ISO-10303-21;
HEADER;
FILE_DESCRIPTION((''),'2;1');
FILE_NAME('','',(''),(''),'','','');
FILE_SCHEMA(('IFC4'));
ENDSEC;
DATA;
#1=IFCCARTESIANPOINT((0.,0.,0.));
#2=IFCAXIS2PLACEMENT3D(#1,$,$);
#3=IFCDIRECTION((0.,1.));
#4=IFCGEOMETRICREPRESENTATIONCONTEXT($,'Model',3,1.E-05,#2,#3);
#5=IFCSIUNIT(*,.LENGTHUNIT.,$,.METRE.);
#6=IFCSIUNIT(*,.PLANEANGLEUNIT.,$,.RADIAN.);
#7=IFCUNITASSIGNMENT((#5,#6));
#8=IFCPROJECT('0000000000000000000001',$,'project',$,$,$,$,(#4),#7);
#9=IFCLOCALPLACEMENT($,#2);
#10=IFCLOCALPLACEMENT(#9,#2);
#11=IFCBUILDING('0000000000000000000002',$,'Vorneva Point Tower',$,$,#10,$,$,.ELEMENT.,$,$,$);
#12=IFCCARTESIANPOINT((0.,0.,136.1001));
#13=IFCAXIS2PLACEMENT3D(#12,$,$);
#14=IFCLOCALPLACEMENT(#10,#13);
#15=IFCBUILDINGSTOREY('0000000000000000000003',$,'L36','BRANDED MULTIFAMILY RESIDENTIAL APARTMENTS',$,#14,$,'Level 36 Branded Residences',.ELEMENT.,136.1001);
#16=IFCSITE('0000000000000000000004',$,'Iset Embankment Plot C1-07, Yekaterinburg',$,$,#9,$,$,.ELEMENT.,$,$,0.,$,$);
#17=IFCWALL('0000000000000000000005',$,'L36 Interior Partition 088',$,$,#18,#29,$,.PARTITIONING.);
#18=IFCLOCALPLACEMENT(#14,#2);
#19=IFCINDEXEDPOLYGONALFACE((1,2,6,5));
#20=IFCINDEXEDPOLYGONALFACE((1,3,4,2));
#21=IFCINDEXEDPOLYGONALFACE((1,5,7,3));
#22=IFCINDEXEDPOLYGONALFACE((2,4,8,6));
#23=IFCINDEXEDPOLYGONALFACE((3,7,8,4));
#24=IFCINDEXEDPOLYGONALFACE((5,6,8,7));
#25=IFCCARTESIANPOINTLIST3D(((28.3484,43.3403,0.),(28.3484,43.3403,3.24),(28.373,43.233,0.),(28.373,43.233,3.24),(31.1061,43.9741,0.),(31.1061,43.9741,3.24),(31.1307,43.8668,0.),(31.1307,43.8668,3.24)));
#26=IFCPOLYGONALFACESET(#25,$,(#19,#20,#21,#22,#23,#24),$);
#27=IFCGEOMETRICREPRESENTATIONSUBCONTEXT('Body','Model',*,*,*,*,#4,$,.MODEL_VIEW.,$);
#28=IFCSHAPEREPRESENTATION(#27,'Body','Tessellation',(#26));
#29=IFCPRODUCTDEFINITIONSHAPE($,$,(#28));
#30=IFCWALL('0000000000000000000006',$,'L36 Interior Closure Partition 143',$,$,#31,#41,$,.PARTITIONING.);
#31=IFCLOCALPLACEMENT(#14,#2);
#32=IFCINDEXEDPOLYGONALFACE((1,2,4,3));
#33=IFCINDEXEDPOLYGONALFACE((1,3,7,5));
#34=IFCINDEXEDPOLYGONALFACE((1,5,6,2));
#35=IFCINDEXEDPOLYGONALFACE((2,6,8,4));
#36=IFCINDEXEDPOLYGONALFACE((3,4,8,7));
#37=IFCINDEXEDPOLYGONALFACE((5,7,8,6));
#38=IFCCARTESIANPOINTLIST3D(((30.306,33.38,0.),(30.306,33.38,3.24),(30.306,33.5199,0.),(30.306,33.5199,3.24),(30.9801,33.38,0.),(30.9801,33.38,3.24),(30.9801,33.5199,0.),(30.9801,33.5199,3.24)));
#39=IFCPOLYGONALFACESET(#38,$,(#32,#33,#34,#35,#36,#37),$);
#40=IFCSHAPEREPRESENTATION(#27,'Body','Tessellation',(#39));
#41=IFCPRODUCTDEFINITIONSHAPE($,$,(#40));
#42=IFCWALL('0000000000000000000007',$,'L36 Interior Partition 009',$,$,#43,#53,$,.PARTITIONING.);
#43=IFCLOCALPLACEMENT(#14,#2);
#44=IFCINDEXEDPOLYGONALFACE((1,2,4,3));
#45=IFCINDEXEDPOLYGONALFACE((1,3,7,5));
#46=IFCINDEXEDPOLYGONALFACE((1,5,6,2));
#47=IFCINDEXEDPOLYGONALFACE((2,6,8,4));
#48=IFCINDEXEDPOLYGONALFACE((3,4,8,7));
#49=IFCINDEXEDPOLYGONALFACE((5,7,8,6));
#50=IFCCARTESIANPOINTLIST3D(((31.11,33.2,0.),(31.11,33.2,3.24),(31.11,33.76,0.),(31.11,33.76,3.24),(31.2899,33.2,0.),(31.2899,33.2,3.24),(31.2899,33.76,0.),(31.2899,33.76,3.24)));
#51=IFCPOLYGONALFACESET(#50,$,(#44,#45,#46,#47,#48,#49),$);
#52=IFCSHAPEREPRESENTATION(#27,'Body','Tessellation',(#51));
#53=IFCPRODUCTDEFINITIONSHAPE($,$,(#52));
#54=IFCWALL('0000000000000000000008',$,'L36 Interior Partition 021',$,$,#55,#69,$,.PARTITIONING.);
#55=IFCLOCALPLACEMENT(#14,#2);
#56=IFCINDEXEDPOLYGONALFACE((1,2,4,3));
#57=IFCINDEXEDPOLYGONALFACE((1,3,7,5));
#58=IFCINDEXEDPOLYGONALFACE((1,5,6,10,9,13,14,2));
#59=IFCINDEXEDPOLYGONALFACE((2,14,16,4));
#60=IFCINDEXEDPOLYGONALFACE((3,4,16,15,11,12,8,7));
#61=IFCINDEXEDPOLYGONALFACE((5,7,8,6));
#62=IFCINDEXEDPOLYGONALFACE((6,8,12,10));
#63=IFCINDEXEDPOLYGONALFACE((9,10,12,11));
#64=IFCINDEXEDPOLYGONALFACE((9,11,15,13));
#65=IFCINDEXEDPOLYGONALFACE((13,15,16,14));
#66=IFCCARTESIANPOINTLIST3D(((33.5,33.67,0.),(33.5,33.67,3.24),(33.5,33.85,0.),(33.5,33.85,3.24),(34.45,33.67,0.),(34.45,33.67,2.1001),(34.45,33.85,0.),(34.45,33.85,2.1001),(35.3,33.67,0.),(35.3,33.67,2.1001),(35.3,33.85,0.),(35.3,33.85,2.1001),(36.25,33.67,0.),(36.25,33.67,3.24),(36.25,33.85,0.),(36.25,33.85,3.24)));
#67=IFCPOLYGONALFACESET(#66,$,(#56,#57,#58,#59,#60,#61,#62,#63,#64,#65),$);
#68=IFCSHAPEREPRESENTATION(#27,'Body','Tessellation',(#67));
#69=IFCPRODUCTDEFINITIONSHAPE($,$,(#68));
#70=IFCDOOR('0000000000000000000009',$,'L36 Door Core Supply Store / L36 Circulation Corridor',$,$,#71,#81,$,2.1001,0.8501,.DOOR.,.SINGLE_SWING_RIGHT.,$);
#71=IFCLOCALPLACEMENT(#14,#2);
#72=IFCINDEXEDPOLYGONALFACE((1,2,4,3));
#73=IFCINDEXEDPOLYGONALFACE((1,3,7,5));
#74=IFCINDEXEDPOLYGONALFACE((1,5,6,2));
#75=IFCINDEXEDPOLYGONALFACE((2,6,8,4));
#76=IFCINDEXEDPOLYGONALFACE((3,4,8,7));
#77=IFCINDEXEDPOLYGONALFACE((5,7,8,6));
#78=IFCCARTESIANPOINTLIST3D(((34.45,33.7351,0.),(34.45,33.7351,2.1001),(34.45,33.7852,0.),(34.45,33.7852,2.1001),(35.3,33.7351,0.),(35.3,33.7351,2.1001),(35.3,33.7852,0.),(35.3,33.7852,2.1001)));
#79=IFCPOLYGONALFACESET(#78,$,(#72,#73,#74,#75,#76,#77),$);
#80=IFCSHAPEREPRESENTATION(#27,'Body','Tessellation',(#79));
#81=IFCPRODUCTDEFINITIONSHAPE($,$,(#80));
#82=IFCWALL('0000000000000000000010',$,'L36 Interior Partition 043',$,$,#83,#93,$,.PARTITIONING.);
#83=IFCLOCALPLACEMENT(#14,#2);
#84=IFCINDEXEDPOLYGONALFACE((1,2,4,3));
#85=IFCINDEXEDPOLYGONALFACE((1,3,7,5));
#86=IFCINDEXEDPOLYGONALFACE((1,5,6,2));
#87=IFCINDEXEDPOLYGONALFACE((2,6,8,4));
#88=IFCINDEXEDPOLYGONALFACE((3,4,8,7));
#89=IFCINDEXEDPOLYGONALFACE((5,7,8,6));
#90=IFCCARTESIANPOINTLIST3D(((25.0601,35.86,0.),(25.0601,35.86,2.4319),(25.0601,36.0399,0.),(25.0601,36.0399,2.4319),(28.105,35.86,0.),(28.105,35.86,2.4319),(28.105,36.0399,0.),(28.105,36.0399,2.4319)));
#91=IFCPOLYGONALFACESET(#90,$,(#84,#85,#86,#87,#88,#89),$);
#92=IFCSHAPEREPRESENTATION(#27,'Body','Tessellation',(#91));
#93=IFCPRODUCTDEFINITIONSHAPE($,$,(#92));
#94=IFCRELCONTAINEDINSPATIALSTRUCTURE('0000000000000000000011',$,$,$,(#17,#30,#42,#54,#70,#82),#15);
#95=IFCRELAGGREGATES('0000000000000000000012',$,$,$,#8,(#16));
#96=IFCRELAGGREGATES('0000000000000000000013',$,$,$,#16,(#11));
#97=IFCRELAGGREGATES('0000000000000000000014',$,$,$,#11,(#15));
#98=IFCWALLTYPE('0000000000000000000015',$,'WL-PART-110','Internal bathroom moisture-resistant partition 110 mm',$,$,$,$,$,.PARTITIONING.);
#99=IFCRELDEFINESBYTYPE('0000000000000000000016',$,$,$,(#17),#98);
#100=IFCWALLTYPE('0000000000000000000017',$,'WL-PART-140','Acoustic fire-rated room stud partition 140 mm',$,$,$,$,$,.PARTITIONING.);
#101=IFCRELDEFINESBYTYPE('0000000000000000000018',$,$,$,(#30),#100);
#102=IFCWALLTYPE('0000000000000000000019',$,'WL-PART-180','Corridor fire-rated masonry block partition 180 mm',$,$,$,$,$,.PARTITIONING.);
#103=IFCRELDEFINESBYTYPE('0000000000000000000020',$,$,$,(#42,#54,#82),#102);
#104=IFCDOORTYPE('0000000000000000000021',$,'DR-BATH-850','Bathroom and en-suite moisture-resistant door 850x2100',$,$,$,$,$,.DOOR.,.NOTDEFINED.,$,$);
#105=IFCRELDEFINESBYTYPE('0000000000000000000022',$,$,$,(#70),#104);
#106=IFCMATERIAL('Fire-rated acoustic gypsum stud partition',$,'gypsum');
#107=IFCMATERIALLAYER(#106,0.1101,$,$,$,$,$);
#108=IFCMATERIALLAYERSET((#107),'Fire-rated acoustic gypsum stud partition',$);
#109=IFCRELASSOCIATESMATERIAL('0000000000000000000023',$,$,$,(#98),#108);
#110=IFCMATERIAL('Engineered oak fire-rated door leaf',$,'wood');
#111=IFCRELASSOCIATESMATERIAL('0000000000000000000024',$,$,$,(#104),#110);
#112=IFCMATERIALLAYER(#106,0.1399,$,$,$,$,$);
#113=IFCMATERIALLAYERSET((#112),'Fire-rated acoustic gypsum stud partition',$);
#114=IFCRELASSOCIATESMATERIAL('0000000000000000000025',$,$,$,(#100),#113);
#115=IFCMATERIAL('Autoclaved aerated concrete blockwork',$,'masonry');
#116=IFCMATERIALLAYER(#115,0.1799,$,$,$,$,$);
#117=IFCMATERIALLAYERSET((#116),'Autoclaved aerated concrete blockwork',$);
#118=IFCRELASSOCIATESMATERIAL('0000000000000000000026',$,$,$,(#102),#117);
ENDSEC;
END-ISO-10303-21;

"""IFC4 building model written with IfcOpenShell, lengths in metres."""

from ifc_helpers import new_model, si_unit, direction, frame, frame_2d, origin, place, context, subcontext, project, spatial, rectangle, extrude, material, layer, layer_set, type_object, element, fill, save


model = new_model("IFC4")

# Units and contexts
model_context = context("Model", 3, precision=1e-05, world=origin(), true_north=direction((0.0, 1.0)))
body_context = subcontext(model_context, "Body", "Model", "MODEL_VIEW")
ifc_project = project(units=[si_unit("LENGTHUNIT", "METRE"), si_unit("PLANEANGLEUNIT", "RADIAN")], contexts=[model_context])

# Site, building, storey
site_placement = place(None, origin())
site = spatial("IfcSite", under=ifc_project, at=site_placement, Name="Iset Embankment Plot C1-07, Yekaterinburg", CompositionType="ELEMENT", RefElevation=0.0)
building_placement = place(site_placement, origin())
building = spatial("IfcBuilding", under=site, at=building_placement, Name="Vorneva Point Tower", CompositionType="ELEMENT")
storey_placement = place(building_placement, frame((0.0, 0.0, 136.1001)))
storey = spatial("IfcBuildingStorey", under=building, at=storey_placement, Name="L36", Description="BRANDED MULTIFAMILY RESIDENTIAL APARTMENTS", LongName="Level 36 Branded Residences", CompositionType="ELEMENT", Elevation=136.1001)

# Shared definitions
ifc_material_1 = material(Name="Fire-rated acoustic gypsum stud partition", Category="gypsum")
ifc_layer_1 = layer(ifc_material_1, 0.1101)
ifc_layer_set_1 = layer_set([ifc_layer_1], Name="Fire-rated acoustic gypsum stud partition")
wall_type_1 = type_object("IfcWallType", Name="WL-PART-110", Description="Internal bathroom moisture-resistant partition 110 mm", PredefinedType="PARTITIONING", material=ifc_layer_set_1)

# Shared definitions
ifc_material_2 = material(Name="Engineered oak fire-rated door leaf", Category="wood")
door_type_1 = type_object("IfcDoorType", Name="DR-BATH-850", Description="Bathroom and en-suite moisture-resistant door 850x2100", OperationType="NOTDEFINED", PredefinedType="DOOR", material=ifc_material_2)

# Walls
wall_1_placement = place(storey_placement, frame((31.1184, 43.9204, 0.0), z_axis=(0.0, 0.0, 1.0), x_axis=(-0.974594, -0.223977, 0.0)))
element("IfcWall", 1, at=wall_1_placement, inside=storey, type_object=wall_type_1, Name="L36 Interior Partition 088", PredefinedType="PARTITIONING", context=body_context, shape_type="SweptSolid", body=[
    extrude(rectangle(XDim=2.8296, YDim=0.1101, at=frame_2d((1.4148, 0.0))), origin(), (0.0, 0.0, 1.0), 3.24),
])
ifc_layer_2 = layer(ifc_material_1, 0.1399)
ifc_layer_set_2 = layer_set([ifc_layer_2], Name="Fire-rated acoustic gypsum stud partition")
wall_type_2 = type_object("IfcWallType", Name="WL-PART-140", Description="Acoustic fire-rated room stud partition 140 mm", PredefinedType="PARTITIONING", material=ifc_layer_set_2)
wall_2_placement = place(storey_placement, frame((30.98, 33.45, 0.0), z_axis=(0.0, 0.0, 1.0), x_axis=(-1.0, 0.0, 0.0)))
element("IfcWall", 2, at=wall_2_placement, inside=storey, type_object=wall_type_2, Name="L36 Interior Closure Partition 143", PredefinedType="PARTITIONING", context=body_context, shape_type="SweptSolid", body=[
    extrude(rectangle(XDim=0.6741, YDim=0.1399, at=frame_2d((0.3369, 0.0))), origin(), (0.0, 0.0, 1.0), 3.24),
])

# Shared definitions
ifc_material_3 = material(Name="Autoclaved aerated concrete blockwork", Category="masonry")
ifc_layer_3 = layer(ifc_material_3, 0.1799)
ifc_layer_set_3 = layer_set([ifc_layer_3], Name="Autoclaved aerated concrete blockwork")
wall_type_3 = type_object("IfcWallType", Name="WL-PART-180", Description="Corridor fire-rated masonry block partition 180 mm", PredefinedType="PARTITIONING", material=ifc_layer_set_3)

# Wall
wall_3_placement = place(storey_placement, frame((31.2, 33.76, 0.0), z_axis=(0.0, 0.0, 1.0), x_axis=(0.0, -1.0, 0.0)))
element("IfcWall", 3, at=wall_3_placement, inside=storey, type_object=wall_type_3, Name="L36 Interior Partition 009", PredefinedType="PARTITIONING", context=body_context, shape_type="SweptSolid", body=[
    extrude(rectangle(XDim=0.5601, YDim=0.1799, at=frame_2d((0.28, 0.0))), origin(), (0.0, 0.0, 1.0), 3.24),
])

# Wall, opening, door
wall_4_placement = place(storey_placement, frame((36.25, 33.76, 0.0), z_axis=(0.0, 0.0, 1.0), x_axis=(-1.0, 0.0, 0.0)))
wall_4 = element("IfcWall", 4, at=wall_4_placement, inside=storey, type_object=wall_type_3, Name="L36 Interior Partition 021", PredefinedType="PARTITIONING", context=body_context, shape_type="SweptSolid", body=[
    extrude(rectangle(XDim=2.75, YDim=0.1799, at=frame_2d((1.375, 0.0))), origin(), (0.0, 0.0, 1.0), 3.24),
])
opening_1_placement = place(wall_4_placement, frame((0.95, 0.0, 0.0)))
opening_1 = element("IfcOpeningElement", 5, at=opening_1_placement, cuts=wall_4, PredefinedType="OPENING", context=body_context, shape_type="SweptSolid", body=[
    extrude(rectangle(XDim=0.8501, YDim=2.1001, at=frame_2d((0.425, 1.05))), frame((0.0, 0.105, 0.0), z_axis=(0.0, -1.0, 0.0), x_axis=(1.0, 0.0, 0.0)), (0.0, 0.0, 1.0), 0.2097),
])
door_1_placement = place(opening_1_placement, origin())
door_1 = element("IfcDoor", 6, at=door_1_placement, inside=storey, type_object=door_type_1, Name="L36 Door Core Supply Store / L36 Circulation Corridor", OperationType="SINGLE_SWING_RIGHT", OverallHeight=2.1001, OverallWidth=0.8501, PredefinedType="DOOR", context=body_context, shape_type="SweptSolid", body=[
    extrude(rectangle(XDim=0.8501, YDim=2.1001, at=frame_2d((0.425, 1.05))), frame((0.0, 0.0249, 0.0), z_axis=(0.0, -1.0, 0.0), x_axis=(1.0, 0.0, 0.0)), (0.0, 0.0, 1.0), 0.05),
])
fill(opening_1, door_1)

# Wall
wall_5_placement = place(storey_placement, frame((28.105, 35.95, 0.0), z_axis=(0.0, 0.0, 1.0), x_axis=(-1.0, 0.0, 0.0)))
element("IfcWall", 7, at=wall_5_placement, inside=storey, type_object=wall_type_3, Name="L36 Interior Partition 043", PredefinedType="PARTITIONING", context=body_context, shape_type="SweptSolid", body=[
    extrude(rectangle(XDim=3.0449, YDim=0.1799, at=frame_2d((1.5225, 0.0))), origin(), (0.0, 0.0, 1.0), 2.4319),
])

save(model, "model.ifc")
